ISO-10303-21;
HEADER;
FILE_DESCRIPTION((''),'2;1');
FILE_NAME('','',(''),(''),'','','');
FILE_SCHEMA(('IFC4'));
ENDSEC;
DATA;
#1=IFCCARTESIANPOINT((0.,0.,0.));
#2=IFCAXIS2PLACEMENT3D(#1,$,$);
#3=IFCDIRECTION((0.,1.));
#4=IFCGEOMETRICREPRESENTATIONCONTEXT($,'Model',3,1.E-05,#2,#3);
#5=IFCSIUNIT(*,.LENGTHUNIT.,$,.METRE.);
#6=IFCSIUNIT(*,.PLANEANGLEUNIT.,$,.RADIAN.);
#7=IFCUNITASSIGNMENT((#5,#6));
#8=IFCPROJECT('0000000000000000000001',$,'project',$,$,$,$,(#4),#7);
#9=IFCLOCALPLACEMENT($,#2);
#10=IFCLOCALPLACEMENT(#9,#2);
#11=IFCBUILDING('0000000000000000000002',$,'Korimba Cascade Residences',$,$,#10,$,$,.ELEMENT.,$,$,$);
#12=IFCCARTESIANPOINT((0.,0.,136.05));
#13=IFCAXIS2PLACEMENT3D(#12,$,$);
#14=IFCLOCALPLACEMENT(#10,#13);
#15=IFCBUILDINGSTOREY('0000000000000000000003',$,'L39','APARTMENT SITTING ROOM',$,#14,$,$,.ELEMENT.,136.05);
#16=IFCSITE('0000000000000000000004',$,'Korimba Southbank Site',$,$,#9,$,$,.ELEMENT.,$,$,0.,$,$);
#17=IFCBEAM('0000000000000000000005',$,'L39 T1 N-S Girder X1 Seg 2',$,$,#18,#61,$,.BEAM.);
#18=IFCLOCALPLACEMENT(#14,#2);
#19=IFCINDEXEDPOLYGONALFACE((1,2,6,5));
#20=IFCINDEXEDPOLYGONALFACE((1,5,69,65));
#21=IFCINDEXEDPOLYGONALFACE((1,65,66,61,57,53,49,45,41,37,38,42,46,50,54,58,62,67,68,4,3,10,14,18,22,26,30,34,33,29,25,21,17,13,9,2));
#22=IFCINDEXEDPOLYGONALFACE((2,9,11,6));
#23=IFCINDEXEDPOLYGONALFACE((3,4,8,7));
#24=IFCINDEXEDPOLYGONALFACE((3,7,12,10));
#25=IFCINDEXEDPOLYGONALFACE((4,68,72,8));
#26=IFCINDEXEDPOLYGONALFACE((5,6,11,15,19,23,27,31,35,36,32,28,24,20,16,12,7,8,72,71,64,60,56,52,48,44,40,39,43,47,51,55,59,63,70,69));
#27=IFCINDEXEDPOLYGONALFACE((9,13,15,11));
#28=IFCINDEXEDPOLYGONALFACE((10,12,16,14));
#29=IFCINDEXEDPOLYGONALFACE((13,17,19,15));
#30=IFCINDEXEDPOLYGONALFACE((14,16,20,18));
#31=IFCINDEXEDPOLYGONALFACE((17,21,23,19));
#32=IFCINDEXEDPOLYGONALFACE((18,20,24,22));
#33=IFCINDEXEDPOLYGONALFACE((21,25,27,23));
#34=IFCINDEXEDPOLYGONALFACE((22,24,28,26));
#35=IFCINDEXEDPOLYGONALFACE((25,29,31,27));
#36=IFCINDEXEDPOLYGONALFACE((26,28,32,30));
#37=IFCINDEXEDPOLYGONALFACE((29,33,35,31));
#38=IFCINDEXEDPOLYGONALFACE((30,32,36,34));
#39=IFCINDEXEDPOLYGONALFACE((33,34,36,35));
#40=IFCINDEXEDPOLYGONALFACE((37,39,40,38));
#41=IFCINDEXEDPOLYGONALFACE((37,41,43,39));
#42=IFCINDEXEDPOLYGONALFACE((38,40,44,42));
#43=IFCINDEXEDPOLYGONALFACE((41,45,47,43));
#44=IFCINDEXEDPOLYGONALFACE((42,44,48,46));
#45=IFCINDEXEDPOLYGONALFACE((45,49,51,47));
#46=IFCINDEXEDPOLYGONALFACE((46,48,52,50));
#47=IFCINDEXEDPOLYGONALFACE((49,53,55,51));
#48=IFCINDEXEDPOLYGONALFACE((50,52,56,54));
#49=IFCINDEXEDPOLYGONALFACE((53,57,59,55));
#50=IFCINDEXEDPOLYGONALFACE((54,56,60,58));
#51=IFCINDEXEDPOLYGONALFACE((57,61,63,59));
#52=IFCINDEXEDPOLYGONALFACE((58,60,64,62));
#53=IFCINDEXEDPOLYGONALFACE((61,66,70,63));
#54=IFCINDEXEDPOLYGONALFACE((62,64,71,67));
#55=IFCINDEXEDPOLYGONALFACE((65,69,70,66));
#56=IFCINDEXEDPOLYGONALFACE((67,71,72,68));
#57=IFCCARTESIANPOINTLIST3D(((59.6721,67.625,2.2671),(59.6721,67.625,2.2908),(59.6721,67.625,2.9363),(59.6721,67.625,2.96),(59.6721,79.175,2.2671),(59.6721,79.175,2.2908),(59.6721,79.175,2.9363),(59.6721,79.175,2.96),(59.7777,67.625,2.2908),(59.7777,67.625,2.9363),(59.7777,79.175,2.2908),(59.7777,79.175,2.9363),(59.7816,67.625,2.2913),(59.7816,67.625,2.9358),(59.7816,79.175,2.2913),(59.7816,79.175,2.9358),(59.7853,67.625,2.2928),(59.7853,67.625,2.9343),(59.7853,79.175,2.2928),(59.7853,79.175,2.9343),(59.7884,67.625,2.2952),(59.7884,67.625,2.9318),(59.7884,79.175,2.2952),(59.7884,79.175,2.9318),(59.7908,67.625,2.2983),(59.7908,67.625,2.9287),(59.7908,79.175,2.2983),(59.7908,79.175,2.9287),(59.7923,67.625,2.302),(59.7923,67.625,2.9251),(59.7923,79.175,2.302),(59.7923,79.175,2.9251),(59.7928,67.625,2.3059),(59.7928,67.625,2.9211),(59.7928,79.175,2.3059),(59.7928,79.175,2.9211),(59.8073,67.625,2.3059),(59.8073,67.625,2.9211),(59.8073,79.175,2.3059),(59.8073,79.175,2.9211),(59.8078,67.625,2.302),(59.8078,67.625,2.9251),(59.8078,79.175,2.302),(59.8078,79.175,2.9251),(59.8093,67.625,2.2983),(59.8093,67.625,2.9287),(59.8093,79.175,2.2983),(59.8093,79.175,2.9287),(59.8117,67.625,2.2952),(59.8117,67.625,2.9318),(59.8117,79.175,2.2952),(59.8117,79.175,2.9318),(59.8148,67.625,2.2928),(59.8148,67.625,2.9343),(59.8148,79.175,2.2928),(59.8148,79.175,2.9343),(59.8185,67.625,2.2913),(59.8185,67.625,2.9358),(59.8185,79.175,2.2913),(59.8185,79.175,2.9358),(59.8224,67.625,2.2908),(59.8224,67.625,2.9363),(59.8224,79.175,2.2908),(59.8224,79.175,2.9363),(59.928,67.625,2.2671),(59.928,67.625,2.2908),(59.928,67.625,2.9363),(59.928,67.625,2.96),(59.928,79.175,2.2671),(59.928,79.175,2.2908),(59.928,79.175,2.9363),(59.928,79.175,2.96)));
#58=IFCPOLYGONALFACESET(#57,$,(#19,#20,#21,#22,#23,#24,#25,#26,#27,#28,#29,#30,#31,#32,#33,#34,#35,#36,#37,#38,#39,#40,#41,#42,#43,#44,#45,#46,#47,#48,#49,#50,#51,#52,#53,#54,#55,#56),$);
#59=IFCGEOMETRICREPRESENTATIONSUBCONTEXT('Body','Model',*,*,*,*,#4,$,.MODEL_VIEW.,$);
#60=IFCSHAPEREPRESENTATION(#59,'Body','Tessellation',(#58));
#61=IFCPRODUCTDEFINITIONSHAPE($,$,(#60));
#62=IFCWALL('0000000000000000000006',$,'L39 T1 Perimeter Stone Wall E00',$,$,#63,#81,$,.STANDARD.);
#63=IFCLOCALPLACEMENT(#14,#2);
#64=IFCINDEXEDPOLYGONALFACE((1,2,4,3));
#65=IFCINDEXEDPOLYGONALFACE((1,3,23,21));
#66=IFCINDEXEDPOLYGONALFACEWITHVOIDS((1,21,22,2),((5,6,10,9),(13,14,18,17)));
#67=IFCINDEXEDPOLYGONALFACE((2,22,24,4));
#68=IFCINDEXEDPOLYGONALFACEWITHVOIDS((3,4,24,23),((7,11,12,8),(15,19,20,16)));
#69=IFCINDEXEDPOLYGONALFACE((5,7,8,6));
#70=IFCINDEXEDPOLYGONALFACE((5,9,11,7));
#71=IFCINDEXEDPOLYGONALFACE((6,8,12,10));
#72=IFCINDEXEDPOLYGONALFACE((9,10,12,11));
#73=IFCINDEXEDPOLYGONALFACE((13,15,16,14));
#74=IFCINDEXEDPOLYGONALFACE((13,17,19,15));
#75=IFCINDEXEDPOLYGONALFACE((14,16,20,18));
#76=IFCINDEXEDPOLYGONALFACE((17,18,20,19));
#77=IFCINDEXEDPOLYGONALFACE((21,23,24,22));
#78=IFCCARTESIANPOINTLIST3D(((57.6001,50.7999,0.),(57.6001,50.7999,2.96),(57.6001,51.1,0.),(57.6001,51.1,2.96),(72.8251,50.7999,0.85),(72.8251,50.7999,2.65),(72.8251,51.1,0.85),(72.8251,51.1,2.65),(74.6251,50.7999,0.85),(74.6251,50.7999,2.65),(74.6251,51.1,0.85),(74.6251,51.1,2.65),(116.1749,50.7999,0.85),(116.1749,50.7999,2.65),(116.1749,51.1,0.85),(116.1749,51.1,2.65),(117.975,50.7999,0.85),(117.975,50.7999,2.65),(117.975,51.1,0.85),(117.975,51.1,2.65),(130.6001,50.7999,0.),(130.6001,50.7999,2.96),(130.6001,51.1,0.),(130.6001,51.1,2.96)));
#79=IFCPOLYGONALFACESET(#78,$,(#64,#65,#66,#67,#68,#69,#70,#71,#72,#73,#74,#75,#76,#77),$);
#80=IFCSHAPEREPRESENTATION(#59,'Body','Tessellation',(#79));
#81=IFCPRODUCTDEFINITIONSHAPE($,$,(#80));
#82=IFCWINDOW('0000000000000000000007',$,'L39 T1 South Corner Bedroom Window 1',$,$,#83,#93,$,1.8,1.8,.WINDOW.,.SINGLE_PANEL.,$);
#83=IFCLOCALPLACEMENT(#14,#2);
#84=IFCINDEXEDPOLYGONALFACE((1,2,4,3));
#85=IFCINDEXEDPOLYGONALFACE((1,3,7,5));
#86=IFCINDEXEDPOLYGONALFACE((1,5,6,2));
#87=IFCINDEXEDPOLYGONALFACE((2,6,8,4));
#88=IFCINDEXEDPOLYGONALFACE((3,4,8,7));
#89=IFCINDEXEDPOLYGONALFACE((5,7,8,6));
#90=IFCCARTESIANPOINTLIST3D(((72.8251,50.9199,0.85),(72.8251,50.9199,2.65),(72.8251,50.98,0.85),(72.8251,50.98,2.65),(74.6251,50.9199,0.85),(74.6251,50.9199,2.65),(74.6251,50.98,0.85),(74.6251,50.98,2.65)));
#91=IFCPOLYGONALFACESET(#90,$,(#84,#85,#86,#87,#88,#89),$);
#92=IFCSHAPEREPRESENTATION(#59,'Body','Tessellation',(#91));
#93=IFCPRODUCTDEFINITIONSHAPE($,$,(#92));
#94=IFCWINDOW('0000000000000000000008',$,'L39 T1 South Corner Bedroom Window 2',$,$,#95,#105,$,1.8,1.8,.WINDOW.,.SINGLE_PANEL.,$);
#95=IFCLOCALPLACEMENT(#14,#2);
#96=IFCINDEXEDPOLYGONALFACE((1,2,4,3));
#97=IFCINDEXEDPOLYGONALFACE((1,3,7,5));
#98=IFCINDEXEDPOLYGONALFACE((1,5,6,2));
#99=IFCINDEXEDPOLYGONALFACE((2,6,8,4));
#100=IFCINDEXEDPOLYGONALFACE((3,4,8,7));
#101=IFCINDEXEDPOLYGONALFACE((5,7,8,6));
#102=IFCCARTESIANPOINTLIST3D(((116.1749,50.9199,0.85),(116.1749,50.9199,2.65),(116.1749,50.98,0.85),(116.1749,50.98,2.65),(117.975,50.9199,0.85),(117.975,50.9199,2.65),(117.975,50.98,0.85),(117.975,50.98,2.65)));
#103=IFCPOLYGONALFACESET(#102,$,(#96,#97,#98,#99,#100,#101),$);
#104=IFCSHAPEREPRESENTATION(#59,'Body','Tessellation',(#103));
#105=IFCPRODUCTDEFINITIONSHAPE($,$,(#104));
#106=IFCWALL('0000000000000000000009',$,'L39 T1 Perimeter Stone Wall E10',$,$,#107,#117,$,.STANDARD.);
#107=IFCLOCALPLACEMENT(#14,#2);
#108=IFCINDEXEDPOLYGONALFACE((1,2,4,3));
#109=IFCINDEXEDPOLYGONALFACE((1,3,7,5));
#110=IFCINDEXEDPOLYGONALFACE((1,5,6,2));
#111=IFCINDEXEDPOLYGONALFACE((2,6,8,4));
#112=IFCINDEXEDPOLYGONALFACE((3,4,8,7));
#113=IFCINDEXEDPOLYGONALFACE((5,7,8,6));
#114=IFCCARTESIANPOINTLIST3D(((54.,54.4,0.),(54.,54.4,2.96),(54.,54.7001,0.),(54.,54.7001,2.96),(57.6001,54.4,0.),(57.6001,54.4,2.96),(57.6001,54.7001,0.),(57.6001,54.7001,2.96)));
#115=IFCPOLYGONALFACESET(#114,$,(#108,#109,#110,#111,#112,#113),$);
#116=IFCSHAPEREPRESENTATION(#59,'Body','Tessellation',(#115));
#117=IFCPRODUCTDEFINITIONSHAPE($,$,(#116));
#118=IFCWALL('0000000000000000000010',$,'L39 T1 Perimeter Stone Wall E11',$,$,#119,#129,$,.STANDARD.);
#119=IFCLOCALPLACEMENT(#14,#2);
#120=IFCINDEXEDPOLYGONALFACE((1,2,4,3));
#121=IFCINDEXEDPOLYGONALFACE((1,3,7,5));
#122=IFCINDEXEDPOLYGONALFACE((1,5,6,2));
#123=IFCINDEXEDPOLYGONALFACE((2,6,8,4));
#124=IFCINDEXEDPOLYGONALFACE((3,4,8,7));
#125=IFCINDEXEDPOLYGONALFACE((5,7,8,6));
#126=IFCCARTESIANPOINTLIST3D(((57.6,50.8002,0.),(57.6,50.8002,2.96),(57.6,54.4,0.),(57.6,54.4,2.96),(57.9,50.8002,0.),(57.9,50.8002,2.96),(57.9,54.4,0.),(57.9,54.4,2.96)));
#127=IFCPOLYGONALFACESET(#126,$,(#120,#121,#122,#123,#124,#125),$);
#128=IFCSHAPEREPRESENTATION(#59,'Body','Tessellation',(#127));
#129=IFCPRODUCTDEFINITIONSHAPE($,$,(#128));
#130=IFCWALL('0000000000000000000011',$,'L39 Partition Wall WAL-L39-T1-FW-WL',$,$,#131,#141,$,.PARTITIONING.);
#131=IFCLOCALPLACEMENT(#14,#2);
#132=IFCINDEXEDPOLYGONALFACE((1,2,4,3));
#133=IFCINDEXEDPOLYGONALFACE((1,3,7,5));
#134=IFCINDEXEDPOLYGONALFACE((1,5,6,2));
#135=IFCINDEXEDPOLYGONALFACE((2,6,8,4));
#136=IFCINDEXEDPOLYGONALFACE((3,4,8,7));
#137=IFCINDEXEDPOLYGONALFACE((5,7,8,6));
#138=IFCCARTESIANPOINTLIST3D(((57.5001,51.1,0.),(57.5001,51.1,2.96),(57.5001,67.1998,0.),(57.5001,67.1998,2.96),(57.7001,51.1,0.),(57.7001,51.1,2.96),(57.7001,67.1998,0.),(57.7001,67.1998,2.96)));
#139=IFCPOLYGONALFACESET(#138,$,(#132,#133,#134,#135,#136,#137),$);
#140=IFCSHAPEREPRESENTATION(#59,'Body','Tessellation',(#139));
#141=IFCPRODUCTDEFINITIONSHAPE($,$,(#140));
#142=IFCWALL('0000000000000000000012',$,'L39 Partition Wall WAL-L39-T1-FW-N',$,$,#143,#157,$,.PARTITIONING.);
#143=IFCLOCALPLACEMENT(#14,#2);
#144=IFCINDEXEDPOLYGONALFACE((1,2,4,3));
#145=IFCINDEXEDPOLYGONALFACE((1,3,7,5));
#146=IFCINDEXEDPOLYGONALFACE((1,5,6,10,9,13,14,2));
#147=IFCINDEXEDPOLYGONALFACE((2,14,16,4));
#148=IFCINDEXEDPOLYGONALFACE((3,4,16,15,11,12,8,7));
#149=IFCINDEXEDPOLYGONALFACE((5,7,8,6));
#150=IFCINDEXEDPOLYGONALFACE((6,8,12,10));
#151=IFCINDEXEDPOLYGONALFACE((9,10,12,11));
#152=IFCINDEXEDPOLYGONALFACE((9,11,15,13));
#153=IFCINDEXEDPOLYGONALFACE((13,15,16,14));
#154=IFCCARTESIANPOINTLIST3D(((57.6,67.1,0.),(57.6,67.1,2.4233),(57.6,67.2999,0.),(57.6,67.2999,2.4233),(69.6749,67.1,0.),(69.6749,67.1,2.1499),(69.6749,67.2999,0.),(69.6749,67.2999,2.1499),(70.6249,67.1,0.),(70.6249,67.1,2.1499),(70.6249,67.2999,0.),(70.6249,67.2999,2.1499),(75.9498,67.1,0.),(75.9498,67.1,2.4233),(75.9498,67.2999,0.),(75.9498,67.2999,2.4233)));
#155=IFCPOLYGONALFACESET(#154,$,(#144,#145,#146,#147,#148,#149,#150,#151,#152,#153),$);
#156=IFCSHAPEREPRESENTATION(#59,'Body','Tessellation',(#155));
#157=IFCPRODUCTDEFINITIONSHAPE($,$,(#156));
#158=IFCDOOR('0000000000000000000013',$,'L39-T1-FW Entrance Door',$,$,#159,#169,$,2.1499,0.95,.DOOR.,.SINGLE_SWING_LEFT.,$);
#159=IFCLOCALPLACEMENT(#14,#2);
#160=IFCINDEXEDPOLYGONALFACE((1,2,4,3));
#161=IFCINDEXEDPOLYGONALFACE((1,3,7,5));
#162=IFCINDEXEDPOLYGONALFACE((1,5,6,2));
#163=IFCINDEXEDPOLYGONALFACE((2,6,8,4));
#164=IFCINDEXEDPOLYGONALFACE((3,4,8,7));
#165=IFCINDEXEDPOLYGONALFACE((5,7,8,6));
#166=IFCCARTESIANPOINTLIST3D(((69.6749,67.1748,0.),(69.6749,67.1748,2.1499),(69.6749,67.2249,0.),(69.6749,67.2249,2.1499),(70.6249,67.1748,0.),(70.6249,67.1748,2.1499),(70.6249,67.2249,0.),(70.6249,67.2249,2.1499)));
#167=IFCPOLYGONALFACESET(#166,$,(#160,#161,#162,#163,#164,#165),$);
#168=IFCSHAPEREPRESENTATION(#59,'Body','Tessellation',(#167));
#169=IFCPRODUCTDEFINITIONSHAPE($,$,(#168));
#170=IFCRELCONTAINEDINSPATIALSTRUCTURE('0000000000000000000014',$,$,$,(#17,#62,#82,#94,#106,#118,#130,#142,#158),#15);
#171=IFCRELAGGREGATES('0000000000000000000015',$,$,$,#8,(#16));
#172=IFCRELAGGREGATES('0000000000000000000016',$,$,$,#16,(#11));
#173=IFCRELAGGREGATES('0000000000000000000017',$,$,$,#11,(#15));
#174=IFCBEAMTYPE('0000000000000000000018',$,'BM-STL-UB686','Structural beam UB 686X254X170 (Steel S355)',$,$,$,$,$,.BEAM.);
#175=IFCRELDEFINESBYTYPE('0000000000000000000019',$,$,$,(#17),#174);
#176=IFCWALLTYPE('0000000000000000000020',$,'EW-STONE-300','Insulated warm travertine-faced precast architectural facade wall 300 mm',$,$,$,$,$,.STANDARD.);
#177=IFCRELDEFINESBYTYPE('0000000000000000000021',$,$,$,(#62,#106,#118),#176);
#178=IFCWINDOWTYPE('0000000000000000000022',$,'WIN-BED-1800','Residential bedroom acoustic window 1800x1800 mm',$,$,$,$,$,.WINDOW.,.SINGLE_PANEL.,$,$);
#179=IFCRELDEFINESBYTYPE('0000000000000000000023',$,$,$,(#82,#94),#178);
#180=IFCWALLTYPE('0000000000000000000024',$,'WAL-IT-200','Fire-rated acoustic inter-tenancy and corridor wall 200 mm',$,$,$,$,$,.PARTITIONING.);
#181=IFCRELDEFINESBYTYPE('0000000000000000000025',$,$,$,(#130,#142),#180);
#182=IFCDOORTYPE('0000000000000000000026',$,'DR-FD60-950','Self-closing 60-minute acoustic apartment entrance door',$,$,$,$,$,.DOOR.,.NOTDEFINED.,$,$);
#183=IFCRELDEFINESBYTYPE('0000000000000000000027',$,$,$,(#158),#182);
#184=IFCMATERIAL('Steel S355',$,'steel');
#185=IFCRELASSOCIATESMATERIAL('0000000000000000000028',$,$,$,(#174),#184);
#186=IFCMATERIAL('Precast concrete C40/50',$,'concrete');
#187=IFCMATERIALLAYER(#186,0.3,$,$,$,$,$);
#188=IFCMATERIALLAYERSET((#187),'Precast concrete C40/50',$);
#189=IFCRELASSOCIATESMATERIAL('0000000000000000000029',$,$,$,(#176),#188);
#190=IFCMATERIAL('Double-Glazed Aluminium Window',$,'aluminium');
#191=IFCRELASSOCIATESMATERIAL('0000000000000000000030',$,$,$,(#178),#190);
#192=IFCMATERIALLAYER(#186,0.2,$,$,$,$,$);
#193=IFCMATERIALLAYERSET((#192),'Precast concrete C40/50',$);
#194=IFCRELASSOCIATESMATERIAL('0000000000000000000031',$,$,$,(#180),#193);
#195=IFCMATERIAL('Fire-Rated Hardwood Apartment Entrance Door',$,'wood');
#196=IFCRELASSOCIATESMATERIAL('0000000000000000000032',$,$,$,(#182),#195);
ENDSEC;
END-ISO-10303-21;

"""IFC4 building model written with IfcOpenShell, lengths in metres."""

from ifc_helpers import new_model, si_unit, direction, frame, frame_2d, origin, origin_2d, place, context, subcontext, project, spatial, rectangle, i_section, extrude, material, layer, layer_set, material_profile, profile_set, type_object, element, fill, save


model = new_model("IFC4")

# Units and contexts
model_context = context("Model", 3, precision=1e-05, world=origin(), true_north=direction((0.0, 1.0)))
body_context = subcontext(model_context, "Body", "Model", "MODEL_VIEW")
ifc_project = project(units=[si_unit("LENGTHUNIT", "METRE"), si_unit("PLANEANGLEUNIT", "RADIAN")], contexts=[model_context])

# Site, building, storey
site_placement = place(None, origin())
site = spatial("IfcSite", under=ifc_project, at=site_placement, Name="Korimba Southbank Site", CompositionType="ELEMENT", RefElevation=0.0)
building_placement = place(site_placement, origin())
building = spatial("IfcBuilding", under=site, at=building_placement, Name="Korimba Cascade Residences", CompositionType="ELEMENT")
storey_placement = place(building_placement, frame((0.0, 0.0, 136.05)))
storey = spatial("IfcBuildingStorey", under=building, at=storey_placement, Name="L39", Description="APARTMENT SITTING ROOM", CompositionType="ELEMENT", Elevation=136.05)

# Beam
ifc_material_1 = material(Name="Steel S355", Category="steel")
ifc_material_profile_1 = material_profile(ifc_material_1, i_section(OverallWidth=0.2559, OverallDepth=0.6929, WebThickness=0.0144, FlangeThickness=0.0237, FilletRadius=0.0151, at=origin_2d()), Name="Steel S355")
ifc_profile_set_1 = profile_set([ifc_material_profile_1], Name="Steel S355")
beam_type_1 = type_object("IfcBeamType", Name="BM-STL-UB686", Description="Structural beam UB 686X254X170 (Steel S355)", PredefinedType="BEAM", material=ifc_profile_set_1)
beam_1_placement = place(storey_placement, frame((59.8, 67.625, 2.6135), z_axis=(0.0, 1.0, 0.0), x_axis=(-1.0, 0.0, 0.0)))
element("IfcBeam", 1, at=beam_1_placement, inside=storey, type_object=beam_type_1, Name="L39 T1 N-S Girder X1 Seg 2", PredefinedType="BEAM", context=body_context, shape_type="SweptSolid", body=[
    extrude(i_section(OverallWidth=0.2559, OverallDepth=0.6929, WebThickness=0.0144, FlangeThickness=0.0237, FilletRadius=0.0151, at=origin_2d()), origin(), (0.0, 0.0, 1.0), 11.55),
])

# Wall, openings, windows
ifc_material_2 = material(Name="Precast concrete C40/50", Category="concrete")
ifc_layer_1 = layer(ifc_material_2, 0.3)
ifc_layer_set_1 = layer_set([ifc_layer_1], Name="Precast concrete C40/50")
wall_type_1 = type_object("IfcWallType", Name="EW-STONE-300", Description="Insulated warm travertine-faced precast architectural facade wall 300 mm", PredefinedType="STANDARD", material=ifc_layer_set_1)
wall_1_placement = place(storey_placement, frame((57.6001, 50.95, 0.0), z_axis=(0.0, 0.0, 1.0), x_axis=(1.0, 0.0, 0.0)))
wall_1 = element("IfcWall", 2, at=wall_1_placement, inside=storey, type_object=wall_type_1, Name="L39 T1 Perimeter Stone Wall E00", PredefinedType="STANDARD", context=body_context, shape_type="SweptSolid", body=[
    extrude(rectangle(XDim=73.0, YDim=0.3, at=frame_2d((36.5, 0.0))), origin(), (0.0, 0.0, 1.0), 2.96),
])
opening_1_placement = place(wall_1_placement, frame((15.2251, 0.0, 0.8501)))
opening_1 = element("IfcOpeningElement", 3, at=opening_1_placement, cuts=wall_1, PredefinedType="OPENING", context=body_context, shape_type="SweptSolid", body=[
    extrude(rectangle(XDim=1.8, YDim=1.8, at=frame_2d((0.8999, 0.8999))), frame((0.0, 0.1602, 0.0), z_axis=(0.0, -1.0, 0.0), x_axis=(1.0, 0.0, 0.0)), (0.0, 0.0, 1.0), 0.3201),
])
opening_2_placement = place(wall_1_placement, frame((58.575, 0.0, 0.8501)))
opening_2 = element("IfcOpeningElement", 4, at=opening_2_placement, cuts=wall_1, PredefinedType="OPENING", context=body_context, shape_type="SweptSolid", body=[
    extrude(rectangle(XDim=1.8, YDim=1.8, at=frame_2d((0.8999, 0.8999))), frame((0.0, 0.1602, 0.0), z_axis=(0.0, -1.0, 0.0), x_axis=(1.0, 0.0, 0.0)), (0.0, 0.0, 1.0), 0.3201),
])
ifc_material_3 = material(Name="Double-Glazed Aluminium Window", Category="aluminium")
window_type = type_object("IfcWindowType", Name="WIN-BED-1800", Description="Residential bedroom acoustic window 1800x1800 mm", PartitioningType="SINGLE_PANEL", PredefinedType="WINDOW", material=ifc_material_3)
window_1_placement = place(opening_1_placement, origin())
window_1 = element("IfcWindow", 5, at=window_1_placement, inside=storey, type_object=window_type, Name="L39 T1 South Corner Bedroom Window 1", OverallHeight=1.8, OverallWidth=1.8, PartitioningType="SINGLE_PANEL", PredefinedType="WINDOW", context=body_context, shape_type="SweptSolid", body=[
    extrude(rectangle(XDim=1.8, YDim=1.8, at=frame_2d((0.8999, 0.8999))), frame((0.0, 0.03, 0.0), z_axis=(0.0, -1.0, 0.0), x_axis=(1.0, 0.0, 0.0)), (0.0, 0.0, 1.0), 0.0601),
])
fill(opening_1, window_1)
window_2_placement = place(opening_2_placement, origin())
window_2 = element("IfcWindow", 6, at=window_2_placement, inside=storey, type_object=window_type, Name="L39 T1 South Corner Bedroom Window 2", OverallHeight=1.8, OverallWidth=1.8, PartitioningType="SINGLE_PANEL", PredefinedType="WINDOW", context=body_context, shape_type="SweptSolid", body=[
    extrude(rectangle(XDim=1.8, YDim=1.8, at=frame_2d((0.8999, 0.8999))), frame((0.0, 0.03, 0.0), z_axis=(0.0, -1.0, 0.0), x_axis=(1.0, 0.0, 0.0)), (0.0, 0.0, 1.0), 0.0601),
])
fill(opening_2, window_2)

# Walls
wall_2_placement = place(storey_placement, frame((54.0, 54.55, 0.0), z_axis=(0.0, 0.0, 1.0), x_axis=(1.0, 0.0, 0.0)))
element("IfcWall", 7, at=wall_2_placement, inside=storey, type_object=wall_type_1, Name="L39 T1 Perimeter Stone Wall E10", PredefinedType="STANDARD", context=body_context, shape_type="SweptSolid", body=[
    extrude(rectangle(XDim=3.6001, YDim=0.3, at=frame_2d((1.8, 0.0))), origin(), (0.0, 0.0, 1.0), 2.96),
])
wall_3_placement = place(storey_placement, frame((57.75, 54.3999, 0.0), z_axis=(0.0, 0.0, 1.0), x_axis=(0.0, -1.0, 0.0)))
element("IfcWall", 8, at=wall_3_placement, inside=storey, type_object=wall_type_1, Name="L39 T1 Perimeter Stone Wall E11", PredefinedType="STANDARD", context=body_context, shape_type="SweptSolid", body=[
    extrude(rectangle(XDim=3.5999, YDim=0.3, at=frame_2d((1.7998, 0.0))), origin(), (0.0, 0.0, 1.0), 2.96),
])
ifc_layer_2 = layer(ifc_material_2, 0.2)
ifc_layer_set_2 = layer_set([ifc_layer_2], Name="Precast concrete C40/50")
wall_type_2 = type_object("IfcWallType", Name="WAL-IT-200", Description="Fire-rated acoustic inter-tenancy and corridor wall 200 mm", PredefinedType="PARTITIONING", material=ifc_layer_set_2)
wall_4_placement = place(storey_placement, frame((57.6001, 51.1001, 0.0), z_axis=(0.0, 0.0, 1.0), x_axis=(0.0, 1.0, 0.0)))
element("IfcWall", 9, at=wall_4_placement, inside=storey, type_object=wall_type_2, Name="L39 Partition Wall WAL-L39-T1-FW-WL", PredefinedType="PARTITIONING", context=body_context, shape_type="SweptSolid", body=[
    extrude(rectangle(XDim=16.0999, YDim=0.2, at=frame_2d((8.0498, 0.0))), origin(), (0.0, 0.0, 1.0), 2.96),
])

# Wall, opening, door
wall_5_placement = place(storey_placement, frame((57.6001, 67.2, 0.0), z_axis=(0.0, 0.0, 1.0), x_axis=(1.0, 0.0, 0.0)))
wall_5 = element("IfcWall", 10, at=wall_5_placement, inside=storey, type_object=wall_type_2, Name="L39 Partition Wall WAL-L39-T1-FW-N", PredefinedType="PARTITIONING", context=body_context, shape_type="SweptSolid", body=[
    extrude(rectangle(XDim=18.3499, YDim=0.2, at=frame_2d((9.1748, 0.0))), origin(), (0.0, 0.0, 1.0), 2.4233),
])
opening_3_placement = place(wall_5_placement, frame((12.0747, 0.0, 0.0)))
opening_3 = element("IfcOpeningElement", 11, at=opening_3_placement, cuts=wall_5, PredefinedType="OPENING", context=body_context, shape_type="SweptSolid", body=[
    extrude(rectangle(XDim=0.95, YDim=2.1499, at=frame_2d((0.4751, 1.075))), frame((0.0, 0.1099, 0.0), z_axis=(0.0, -1.0, 0.0), x_axis=(1.0, 0.0, 0.0)), (0.0, 0.0, 1.0), 0.22),
])
ifc_material_4 = material(Name="Fire-Rated Hardwood Apartment Entrance Door", Category="wood")
door_type_1 = type_object("IfcDoorType", Name="DR-FD60-950", Description="Self-closing 60-minute acoustic apartment entrance door", OperationType="NOTDEFINED", PredefinedType="DOOR", material=ifc_material_4)
door_1_placement = place(opening_3_placement, origin())
door_1 = element("IfcDoor", 12, at=door_1_placement, inside=storey, type_object=door_type_1, Name="L39-T1-FW Entrance Door", OperationType="SINGLE_SWING_LEFT", OverallHeight=2.1499, OverallWidth=0.95, PredefinedType="DOOR", context=body_context, shape_type="SweptSolid", body=[
    extrude(rectangle(XDim=0.95, YDim=2.1499, at=frame_2d((0.4751, 1.075))), frame((0.0, 0.0249, 0.0), z_axis=(0.0, -1.0, 0.0), x_axis=(1.0, 0.0, 0.0)), (0.0, 0.0, 1.0), 0.05),
])
fill(opening_3, door_1)

save(model, "model.ifc")
